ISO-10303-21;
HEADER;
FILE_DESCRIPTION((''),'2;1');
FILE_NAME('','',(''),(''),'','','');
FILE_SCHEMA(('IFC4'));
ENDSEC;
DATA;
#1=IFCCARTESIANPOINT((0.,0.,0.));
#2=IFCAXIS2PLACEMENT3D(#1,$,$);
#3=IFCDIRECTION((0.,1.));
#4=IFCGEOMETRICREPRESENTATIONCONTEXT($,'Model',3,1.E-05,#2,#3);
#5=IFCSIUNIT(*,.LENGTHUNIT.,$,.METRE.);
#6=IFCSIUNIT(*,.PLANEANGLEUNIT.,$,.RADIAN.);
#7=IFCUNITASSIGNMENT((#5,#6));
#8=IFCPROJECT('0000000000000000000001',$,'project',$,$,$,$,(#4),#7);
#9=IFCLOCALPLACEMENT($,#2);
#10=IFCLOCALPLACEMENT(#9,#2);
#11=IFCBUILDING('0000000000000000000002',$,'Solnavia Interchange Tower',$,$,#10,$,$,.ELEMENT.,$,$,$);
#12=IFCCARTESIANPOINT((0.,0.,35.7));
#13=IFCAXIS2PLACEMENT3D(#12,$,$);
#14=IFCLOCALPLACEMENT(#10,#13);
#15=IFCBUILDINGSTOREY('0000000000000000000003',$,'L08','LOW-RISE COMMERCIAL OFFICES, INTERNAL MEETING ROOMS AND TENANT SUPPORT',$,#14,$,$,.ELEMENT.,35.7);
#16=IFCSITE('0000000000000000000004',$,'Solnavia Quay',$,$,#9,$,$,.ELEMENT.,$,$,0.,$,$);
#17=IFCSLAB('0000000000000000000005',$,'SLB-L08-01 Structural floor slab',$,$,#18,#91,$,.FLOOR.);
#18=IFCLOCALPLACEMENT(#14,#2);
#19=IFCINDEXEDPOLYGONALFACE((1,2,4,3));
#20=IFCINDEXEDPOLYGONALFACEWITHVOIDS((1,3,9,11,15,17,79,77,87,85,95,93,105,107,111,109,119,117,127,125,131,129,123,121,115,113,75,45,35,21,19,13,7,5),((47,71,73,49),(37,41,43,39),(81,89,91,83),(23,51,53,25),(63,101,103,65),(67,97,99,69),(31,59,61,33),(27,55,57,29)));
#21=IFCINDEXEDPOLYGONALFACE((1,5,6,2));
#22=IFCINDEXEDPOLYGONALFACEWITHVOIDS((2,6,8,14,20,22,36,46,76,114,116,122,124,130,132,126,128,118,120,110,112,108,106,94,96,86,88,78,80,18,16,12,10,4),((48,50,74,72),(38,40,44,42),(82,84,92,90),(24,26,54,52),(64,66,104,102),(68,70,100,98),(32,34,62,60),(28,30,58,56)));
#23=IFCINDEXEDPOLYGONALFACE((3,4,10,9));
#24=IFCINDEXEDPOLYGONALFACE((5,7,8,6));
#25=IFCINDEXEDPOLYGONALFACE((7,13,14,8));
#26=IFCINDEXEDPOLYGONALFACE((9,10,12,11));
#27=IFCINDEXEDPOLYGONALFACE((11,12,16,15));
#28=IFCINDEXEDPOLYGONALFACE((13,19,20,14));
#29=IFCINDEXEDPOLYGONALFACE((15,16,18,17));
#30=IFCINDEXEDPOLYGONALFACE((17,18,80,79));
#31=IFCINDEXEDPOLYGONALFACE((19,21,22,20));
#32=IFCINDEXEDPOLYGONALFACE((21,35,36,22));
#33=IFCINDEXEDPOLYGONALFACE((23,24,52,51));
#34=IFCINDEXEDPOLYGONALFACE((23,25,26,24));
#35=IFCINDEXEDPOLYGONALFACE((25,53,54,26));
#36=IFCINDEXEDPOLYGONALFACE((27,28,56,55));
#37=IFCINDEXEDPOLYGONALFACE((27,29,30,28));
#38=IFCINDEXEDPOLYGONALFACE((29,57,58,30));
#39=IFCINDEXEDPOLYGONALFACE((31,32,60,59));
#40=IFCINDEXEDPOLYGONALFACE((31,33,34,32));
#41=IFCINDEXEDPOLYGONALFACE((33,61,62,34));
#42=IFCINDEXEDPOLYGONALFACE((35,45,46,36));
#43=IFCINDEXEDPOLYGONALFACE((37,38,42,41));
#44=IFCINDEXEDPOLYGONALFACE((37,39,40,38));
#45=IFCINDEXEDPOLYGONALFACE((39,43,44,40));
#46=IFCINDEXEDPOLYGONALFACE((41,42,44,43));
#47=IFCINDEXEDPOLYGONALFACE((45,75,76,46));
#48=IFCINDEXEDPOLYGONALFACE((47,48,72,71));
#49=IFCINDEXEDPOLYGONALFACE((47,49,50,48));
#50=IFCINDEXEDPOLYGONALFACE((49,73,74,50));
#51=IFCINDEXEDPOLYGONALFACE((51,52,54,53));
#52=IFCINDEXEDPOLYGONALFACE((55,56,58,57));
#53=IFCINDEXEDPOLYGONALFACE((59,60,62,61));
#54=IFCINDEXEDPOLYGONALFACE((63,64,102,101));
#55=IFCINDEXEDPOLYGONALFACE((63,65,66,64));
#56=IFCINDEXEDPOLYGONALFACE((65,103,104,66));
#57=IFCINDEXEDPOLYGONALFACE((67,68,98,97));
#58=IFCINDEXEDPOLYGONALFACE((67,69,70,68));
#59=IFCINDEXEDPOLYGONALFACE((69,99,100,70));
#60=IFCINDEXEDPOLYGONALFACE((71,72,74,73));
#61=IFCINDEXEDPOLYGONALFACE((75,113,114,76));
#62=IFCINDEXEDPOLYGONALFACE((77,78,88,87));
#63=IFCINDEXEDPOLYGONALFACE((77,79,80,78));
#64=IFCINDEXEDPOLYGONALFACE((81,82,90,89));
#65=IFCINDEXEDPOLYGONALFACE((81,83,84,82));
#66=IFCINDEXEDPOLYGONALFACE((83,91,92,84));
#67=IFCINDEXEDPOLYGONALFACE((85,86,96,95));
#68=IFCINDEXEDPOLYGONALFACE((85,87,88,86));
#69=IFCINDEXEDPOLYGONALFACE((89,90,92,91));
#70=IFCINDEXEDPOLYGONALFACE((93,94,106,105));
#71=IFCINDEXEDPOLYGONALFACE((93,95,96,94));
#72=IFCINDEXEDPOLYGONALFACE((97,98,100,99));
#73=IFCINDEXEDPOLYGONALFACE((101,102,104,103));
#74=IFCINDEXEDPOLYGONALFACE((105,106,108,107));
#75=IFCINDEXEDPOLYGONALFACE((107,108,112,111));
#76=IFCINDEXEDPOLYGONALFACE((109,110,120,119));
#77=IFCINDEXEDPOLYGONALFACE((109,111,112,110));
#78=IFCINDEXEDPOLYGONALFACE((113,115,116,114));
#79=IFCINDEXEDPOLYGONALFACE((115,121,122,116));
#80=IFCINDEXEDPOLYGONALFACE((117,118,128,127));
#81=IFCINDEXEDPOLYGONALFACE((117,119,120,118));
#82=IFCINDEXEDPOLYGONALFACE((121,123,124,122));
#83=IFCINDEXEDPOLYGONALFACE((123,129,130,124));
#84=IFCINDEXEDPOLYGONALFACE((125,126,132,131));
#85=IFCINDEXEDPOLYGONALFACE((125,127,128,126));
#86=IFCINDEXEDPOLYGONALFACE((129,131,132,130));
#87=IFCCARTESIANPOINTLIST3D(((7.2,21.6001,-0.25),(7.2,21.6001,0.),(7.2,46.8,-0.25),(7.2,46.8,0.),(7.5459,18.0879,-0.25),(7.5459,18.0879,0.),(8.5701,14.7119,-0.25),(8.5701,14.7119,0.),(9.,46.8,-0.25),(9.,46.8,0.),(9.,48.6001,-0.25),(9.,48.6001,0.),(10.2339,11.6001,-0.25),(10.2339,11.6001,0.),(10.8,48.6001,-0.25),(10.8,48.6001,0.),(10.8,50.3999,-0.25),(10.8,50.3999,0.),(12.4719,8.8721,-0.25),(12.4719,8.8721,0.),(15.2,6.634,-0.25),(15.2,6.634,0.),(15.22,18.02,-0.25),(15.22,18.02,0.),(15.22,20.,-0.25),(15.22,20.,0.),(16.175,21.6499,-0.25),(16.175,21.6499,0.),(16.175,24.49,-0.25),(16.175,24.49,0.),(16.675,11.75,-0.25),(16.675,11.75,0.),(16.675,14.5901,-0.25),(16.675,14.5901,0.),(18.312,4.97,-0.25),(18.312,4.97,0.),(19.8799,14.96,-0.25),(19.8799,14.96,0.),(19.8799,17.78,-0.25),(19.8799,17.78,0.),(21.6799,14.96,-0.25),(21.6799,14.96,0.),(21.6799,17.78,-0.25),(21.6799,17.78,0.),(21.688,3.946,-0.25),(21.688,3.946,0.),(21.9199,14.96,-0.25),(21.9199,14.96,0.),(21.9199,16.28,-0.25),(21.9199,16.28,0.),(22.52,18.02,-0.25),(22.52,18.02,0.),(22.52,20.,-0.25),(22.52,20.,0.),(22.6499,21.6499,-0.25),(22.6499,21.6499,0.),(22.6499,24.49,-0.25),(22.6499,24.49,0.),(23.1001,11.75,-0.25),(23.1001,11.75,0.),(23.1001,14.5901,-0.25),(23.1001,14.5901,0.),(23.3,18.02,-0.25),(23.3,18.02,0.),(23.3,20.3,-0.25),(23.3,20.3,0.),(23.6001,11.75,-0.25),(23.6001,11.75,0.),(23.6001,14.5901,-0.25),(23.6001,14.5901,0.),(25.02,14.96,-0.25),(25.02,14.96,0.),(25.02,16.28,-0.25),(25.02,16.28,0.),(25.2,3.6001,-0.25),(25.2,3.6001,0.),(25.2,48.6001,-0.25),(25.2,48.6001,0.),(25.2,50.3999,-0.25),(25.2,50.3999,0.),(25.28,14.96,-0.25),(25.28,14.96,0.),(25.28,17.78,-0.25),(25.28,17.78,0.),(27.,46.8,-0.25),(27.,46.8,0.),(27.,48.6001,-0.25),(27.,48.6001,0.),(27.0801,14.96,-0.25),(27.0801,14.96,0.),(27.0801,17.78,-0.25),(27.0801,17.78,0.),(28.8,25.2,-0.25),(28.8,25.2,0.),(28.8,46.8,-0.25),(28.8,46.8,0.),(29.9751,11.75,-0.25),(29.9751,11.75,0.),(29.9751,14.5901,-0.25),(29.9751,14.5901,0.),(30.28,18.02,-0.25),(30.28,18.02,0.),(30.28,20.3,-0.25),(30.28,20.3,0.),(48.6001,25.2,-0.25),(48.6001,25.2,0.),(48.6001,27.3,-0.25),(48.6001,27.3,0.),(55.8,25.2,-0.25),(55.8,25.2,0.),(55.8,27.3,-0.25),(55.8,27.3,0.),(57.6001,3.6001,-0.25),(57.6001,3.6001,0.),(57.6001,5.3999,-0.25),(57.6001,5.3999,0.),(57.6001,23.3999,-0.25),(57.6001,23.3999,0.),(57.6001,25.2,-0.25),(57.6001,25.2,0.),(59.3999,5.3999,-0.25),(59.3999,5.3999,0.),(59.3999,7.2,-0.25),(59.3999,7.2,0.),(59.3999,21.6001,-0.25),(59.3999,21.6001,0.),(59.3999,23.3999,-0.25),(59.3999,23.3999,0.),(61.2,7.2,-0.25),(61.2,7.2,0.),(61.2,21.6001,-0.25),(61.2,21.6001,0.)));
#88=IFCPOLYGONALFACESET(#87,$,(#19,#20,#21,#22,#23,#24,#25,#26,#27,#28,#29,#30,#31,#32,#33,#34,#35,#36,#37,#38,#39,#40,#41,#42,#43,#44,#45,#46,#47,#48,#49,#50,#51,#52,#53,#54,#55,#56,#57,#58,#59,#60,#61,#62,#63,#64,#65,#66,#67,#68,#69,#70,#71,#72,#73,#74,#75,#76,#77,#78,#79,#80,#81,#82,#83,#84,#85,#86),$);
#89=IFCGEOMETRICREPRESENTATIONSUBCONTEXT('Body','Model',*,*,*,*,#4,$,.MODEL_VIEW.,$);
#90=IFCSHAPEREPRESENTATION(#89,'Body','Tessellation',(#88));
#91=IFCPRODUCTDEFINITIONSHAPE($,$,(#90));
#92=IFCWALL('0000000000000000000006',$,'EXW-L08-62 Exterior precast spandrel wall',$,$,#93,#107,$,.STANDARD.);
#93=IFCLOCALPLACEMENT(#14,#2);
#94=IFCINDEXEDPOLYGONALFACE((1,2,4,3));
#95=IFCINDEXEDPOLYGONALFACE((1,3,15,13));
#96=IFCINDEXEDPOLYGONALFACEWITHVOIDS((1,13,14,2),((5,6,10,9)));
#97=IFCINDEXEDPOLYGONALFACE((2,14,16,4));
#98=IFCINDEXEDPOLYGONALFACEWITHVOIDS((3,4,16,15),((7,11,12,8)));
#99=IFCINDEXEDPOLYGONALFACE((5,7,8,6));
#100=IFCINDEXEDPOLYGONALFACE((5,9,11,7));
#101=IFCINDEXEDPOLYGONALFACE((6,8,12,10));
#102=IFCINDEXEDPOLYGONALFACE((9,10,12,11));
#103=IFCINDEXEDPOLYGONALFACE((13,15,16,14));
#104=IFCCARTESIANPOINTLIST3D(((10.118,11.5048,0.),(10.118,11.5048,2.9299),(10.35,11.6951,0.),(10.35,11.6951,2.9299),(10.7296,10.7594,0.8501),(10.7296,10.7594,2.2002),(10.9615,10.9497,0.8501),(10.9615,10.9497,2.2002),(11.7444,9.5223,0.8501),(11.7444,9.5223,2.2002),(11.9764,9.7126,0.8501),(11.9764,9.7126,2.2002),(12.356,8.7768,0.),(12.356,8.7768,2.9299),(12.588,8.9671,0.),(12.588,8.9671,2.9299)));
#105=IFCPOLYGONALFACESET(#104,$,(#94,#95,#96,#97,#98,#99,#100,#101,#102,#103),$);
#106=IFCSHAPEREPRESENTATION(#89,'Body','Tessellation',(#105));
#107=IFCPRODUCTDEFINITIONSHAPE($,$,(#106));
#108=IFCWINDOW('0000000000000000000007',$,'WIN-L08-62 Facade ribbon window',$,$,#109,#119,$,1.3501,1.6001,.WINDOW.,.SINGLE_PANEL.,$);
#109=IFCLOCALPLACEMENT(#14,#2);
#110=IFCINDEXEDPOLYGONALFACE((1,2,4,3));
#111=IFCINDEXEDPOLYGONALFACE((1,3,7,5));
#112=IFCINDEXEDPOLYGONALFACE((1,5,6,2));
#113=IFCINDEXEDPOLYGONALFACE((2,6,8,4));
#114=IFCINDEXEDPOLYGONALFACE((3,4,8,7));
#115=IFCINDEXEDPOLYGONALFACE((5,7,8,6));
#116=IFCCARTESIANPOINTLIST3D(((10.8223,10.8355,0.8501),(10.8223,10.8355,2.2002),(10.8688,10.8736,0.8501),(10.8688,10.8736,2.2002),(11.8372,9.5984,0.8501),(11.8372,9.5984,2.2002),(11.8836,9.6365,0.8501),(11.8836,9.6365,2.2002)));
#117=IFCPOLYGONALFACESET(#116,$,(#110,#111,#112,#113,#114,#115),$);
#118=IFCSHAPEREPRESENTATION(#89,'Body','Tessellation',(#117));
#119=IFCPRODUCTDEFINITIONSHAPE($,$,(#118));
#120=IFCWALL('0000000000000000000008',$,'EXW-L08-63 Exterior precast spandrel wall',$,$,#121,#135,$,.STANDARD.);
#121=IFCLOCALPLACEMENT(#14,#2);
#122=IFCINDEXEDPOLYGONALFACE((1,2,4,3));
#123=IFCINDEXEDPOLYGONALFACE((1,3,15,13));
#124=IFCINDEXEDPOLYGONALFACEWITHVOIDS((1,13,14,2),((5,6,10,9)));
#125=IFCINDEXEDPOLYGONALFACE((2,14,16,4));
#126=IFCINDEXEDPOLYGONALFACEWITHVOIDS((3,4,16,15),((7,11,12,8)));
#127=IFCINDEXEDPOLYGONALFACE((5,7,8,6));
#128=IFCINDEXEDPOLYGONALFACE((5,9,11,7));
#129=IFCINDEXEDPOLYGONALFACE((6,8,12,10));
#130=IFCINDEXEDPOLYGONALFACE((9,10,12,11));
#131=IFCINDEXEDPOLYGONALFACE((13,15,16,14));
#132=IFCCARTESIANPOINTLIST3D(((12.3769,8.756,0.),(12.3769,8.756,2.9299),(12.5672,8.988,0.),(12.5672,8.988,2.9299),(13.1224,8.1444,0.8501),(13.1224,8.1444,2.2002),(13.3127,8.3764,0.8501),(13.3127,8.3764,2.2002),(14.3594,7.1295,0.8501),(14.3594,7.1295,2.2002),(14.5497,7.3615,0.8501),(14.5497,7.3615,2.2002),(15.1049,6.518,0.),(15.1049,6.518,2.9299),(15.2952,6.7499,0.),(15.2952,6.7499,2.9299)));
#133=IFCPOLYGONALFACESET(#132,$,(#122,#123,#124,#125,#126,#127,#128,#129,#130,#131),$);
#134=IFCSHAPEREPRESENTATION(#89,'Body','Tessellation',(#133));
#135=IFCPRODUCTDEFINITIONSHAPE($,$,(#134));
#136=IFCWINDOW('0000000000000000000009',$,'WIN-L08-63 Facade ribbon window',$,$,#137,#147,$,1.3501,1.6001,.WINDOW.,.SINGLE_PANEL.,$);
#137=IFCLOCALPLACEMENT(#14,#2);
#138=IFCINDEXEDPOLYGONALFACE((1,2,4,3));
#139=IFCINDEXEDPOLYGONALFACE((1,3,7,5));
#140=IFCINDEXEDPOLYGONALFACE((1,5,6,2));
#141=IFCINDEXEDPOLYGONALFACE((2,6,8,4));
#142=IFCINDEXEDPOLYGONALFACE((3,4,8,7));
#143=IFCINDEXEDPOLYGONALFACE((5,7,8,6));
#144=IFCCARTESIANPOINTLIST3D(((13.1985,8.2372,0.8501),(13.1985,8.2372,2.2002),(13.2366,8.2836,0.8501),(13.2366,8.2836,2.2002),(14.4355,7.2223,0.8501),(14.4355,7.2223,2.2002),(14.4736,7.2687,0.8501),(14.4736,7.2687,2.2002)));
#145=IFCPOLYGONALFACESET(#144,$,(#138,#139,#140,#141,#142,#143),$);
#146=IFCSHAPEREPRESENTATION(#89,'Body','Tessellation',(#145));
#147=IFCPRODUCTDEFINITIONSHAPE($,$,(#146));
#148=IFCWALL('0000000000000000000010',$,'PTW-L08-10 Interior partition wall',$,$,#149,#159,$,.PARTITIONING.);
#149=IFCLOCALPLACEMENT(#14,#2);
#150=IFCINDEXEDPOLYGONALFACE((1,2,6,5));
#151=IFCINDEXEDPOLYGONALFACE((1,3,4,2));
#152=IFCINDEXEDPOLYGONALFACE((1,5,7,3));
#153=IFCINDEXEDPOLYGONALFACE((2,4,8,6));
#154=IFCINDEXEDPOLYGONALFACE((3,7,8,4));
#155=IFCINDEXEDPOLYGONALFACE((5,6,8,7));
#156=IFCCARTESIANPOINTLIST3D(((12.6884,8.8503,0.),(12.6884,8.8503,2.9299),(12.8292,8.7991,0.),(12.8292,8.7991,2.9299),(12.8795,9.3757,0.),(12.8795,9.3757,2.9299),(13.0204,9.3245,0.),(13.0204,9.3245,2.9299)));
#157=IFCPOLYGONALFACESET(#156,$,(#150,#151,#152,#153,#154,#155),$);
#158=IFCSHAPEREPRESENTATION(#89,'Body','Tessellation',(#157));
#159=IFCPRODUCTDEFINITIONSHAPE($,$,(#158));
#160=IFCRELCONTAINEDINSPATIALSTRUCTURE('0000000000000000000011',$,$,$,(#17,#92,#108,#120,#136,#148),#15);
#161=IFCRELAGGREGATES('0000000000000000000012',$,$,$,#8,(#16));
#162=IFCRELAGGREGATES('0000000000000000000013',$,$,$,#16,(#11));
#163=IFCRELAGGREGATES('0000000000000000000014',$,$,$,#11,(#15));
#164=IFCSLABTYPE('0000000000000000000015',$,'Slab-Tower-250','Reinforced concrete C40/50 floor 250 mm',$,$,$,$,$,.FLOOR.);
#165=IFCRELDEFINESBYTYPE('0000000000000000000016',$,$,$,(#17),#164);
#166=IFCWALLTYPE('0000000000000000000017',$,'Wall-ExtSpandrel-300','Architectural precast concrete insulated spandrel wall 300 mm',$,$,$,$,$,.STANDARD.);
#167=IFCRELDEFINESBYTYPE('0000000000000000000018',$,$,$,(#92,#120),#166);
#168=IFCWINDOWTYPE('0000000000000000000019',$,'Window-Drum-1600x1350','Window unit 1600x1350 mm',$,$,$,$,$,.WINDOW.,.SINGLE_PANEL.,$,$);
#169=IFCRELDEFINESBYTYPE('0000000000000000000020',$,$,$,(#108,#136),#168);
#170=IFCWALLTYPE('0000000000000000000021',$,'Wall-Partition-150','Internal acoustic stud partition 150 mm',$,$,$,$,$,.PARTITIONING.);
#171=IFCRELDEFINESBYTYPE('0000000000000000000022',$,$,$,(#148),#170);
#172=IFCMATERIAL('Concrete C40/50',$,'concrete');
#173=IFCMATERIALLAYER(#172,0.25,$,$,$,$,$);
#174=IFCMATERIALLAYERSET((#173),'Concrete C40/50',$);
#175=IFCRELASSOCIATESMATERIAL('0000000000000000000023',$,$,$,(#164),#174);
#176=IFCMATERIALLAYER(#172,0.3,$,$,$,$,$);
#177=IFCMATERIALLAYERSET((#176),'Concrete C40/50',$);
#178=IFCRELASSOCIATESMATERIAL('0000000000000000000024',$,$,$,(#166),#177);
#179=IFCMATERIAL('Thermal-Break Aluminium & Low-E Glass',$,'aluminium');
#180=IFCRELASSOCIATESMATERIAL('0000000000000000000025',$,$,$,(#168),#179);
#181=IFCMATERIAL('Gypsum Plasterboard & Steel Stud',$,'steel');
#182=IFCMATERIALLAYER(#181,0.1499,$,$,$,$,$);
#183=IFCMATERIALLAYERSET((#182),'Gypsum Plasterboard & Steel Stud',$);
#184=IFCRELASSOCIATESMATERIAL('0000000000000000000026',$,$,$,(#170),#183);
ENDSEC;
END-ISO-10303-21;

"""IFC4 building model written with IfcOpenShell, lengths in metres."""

from ifc_helpers import new_model, si_unit, direction, frame, frame_2d, origin, place, context, subcontext, project, spatial, polyline, rectangle, outline, extrude, material, layer, layer_set, type_object, element, fill, save


model = new_model("IFC4")

# Units and contexts
model_context = context("Model", 3, precision=1e-05, world=origin(), true_north=direction((0.0, 1.0)))
body_context = subcontext(model_context, "Body", "Model", "MODEL_VIEW")
ifc_project = project(units=[si_unit("LENGTHUNIT", "METRE"), si_unit("PLANEANGLEUNIT", "RADIAN")], contexts=[model_context])

# Site, building, storey
site_placement = place(None, origin())
site = spatial("IfcSite", under=ifc_project, at=site_placement, Name="Solnavia Quay", CompositionType="ELEMENT", RefElevation=0.0)
building_placement = place(site_placement, origin())
building = spatial("IfcBuilding", under=site, at=building_placement, Name="Solnavia Interchange Tower", CompositionType="ELEMENT")
storey_placement = place(building_placement, frame((0.0, 0.0, 35.7)))
storey = spatial("IfcBuildingStorey", under=building, at=storey_placement, Name="L08", Description="LOW-RISE COMMERCIAL OFFICES, INTERNAL MEETING ROOMS AND TENANT SUPPORT", CompositionType="ELEMENT", Elevation=35.7)

# Shared definitions
ifc_material_1 = material(Name="Concrete C40/50", Category="concrete")

# Slab
ifc_layer_1 = layer(ifc_material_1, 0.25)
ifc_layer_set_1 = layer_set([ifc_layer_1], Name="Concrete C40/50")
slab_type_1 = type_object("IfcSlabType", Name="Slab-Tower-250", Description="Reinforced concrete C40/50 floor 250 mm", PredefinedType="FLOOR", material=ifc_layer_set_1)
slab_1_placement = place(storey_placement, frame((0.0, 0.0, -0.25)))
element("IfcSlab", 1, at=slab_1_placement, inside=storey, type_object=slab_type_1, Name="SLB-L08-01 Structural floor slab", PredefinedType="FLOOR", context=body_context, shape_type="SweptSolid", body=[
    extrude(outline(polyline([(25.2, 3.6001), (57.6001, 3.6001), (57.6001, 5.3999), (59.3999, 5.3999), (59.3999, 7.2), (61.2, 7.2), (61.2, 21.6001), (59.3999, 21.6001), (59.3999, 23.3999), (57.6001, 23.3999), (57.6001, 25.2), (55.8, 25.2), (55.8, 27.3), (48.6001, 27.3), (48.6001, 25.2), (28.8, 25.2), (28.8, 46.8), (27.0, 46.8), (27.0, 48.6001), (25.2, 48.6001), (25.2, 50.3999), (10.8, 50.3999), (10.8, 48.6001), (9.0, 48.6001), (9.0, 46.8), (7.2, 46.8), (7.2, 21.6001), (7.5459, 18.0879), (8.5701, 14.7119), (10.2339, 11.6001), (12.4719, 8.8721), (15.2, 6.634), (18.312, 4.97), (21.688, 3.946), (25.2, 3.6001)]), holes=[polyline([(16.675, 11.75), (23.1001, 11.75), (23.1001, 14.5901), (16.675, 14.5901), (16.675, 11.75)]), polyline([(23.6001, 11.75), (29.9751, 11.75), (29.9751, 14.5901), (23.6001, 14.5901), (23.6001, 11.75)]), polyline([(16.175, 21.6499), (22.6499, 21.6499), (22.6499, 24.49), (16.175, 24.49), (16.175, 21.6499)]), polyline([(19.8799, 14.96), (21.6799, 14.96), (21.6799, 17.78), (19.8799, 17.78), (19.8799, 14.96)]), polyline([(25.28, 14.96), (27.0801, 14.96), (27.0801, 17.78), (25.28, 17.78), (25.28, 14.96)]), polyline([(21.9199, 14.96), (25.02, 14.96), (25.02, 16.28), (21.9199, 16.28), (21.9199, 14.96)]), polyline([(15.22, 18.02), (22.52, 18.02), (22.52, 20.0), (15.22, 20.0), (15.22, 18.02)]), polyline([(23.3, 18.02), (30.28, 18.02), (30.28, 20.3), (23.3, 20.3), (23.3, 18.02)])]), origin(), (0.0, 0.0, 1.0), 0.25),
])

# Walls, openings, windows
ifc_layer_2 = layer(ifc_material_1, 0.3)
ifc_layer_set_2 = layer_set([ifc_layer_2], Name="Concrete C40/50")
wall_type_1 = type_object("IfcWallType", Name="Wall-ExtSpandrel-300", Description="Architectural precast concrete insulated spandrel wall 300 mm", PredefinedType="STANDARD", material=ifc_layer_set_2)
wall_1_placement = place(storey_placement, frame((12.4719, 8.8721, 0.0), z_axis=(0.0, 0.0, 1.0), x_axis=(-0.634258, 0.773121, 0.0)))
wall_1 = element("IfcWall", 2, at=wall_1_placement, inside=storey, type_object=wall_type_1, Name="EXW-L08-62 Exterior precast spandrel wall", PredefinedType="STANDARD", context=body_context, shape_type="SweptSolid", body=[
    extrude(rectangle(XDim=3.5286, YDim=0.3, at=frame_2d((1.7642, 0.0))), origin(), (0.0, 0.0, 1.0), 2.9299),
])
opening_1_placement = place(wall_1_placement, frame((0.9641, 0.0, 0.8501)))
opening_1 = element("IfcOpeningElement", 3, at=opening_1_placement, cuts=wall_1, PredefinedType="OPENING", context=body_context, shape_type="SweptSolid", body=[
    extrude(rectangle(XDim=1.6001, YDim=1.3501, at=frame_2d((0.8, 0.675))), frame((0.0, 0.1602, 0.0), z_axis=(0.0, -1.0, 0.0), x_axis=(1.0, 0.0, 0.0)), (0.0, 0.0, 1.0), 0.3201),
])
ifc_material_2 = material(Name="Thermal-Break Aluminium & Low-E Glass", Category="aluminium")
window_type = type_object("IfcWindowType", Name="Window-Drum-1600x1350", Description="Window unit 1600x1350 mm", PartitioningType="SINGLE_PANEL", PredefinedType="WINDOW", material=ifc_material_2)
window_1_placement = place(opening_1_placement, origin())
window_1 = element("IfcWindow", 4, at=window_1_placement, inside=storey, type_object=window_type, Name="WIN-L08-62 Facade ribbon window", OverallHeight=1.3501, OverallWidth=1.6001, PartitioningType="SINGLE_PANEL", PredefinedType="WINDOW", context=body_context, shape_type="SweptSolid", body=[
    extrude(rectangle(XDim=1.6001, YDim=1.3501, at=frame_2d((0.8, 0.675))), frame((0.0, 0.03, 0.0), z_axis=(0.0, -1.0, 0.0), x_axis=(1.0, 0.0, 0.0)), (0.0, 0.0, 1.0), 0.0601),
])
fill(opening_1, window_1)
wall_2_placement = place(storey_placement, frame((15.2, 6.634, 0.0), z_axis=(0.0, 0.0, 1.0), x_axis=(-0.773121, 0.634258, 0.0)))
wall_2 = element("IfcWall", 5, at=wall_2_placement, inside=storey, type_object=wall_type_1, Name="EXW-L08-63 Exterior precast spandrel wall", PredefinedType="STANDARD", context=body_context, shape_type="SweptSolid", body=[
    extrude(rectangle(XDim=3.5286, YDim=0.3, at=frame_2d((1.7642, 0.0))), origin(), (0.0, 0.0, 1.0), 2.9299),
])
opening_2_placement = place(wall_2_placement, frame((0.9641, 0.0, 0.8501)))
opening_2 = element("IfcOpeningElement", 6, at=opening_2_placement, cuts=wall_2, PredefinedType="OPENING", context=body_context, shape_type="SweptSolid", body=[
    extrude(rectangle(XDim=1.6001, YDim=1.3501, at=frame_2d((0.8, 0.675))), frame((0.0, 0.1602, 0.0), z_axis=(0.0, -1.0, 0.0), x_axis=(1.0, 0.0, 0.0)), (0.0, 0.0, 1.0), 0.3201),
])
window_2_placement = place(opening_2_placement, origin())
window_2 = element("IfcWindow", 7, at=window_2_placement, inside=storey, type_object=window_type, Name="WIN-L08-63 Facade ribbon window", OverallHeight=1.3501, OverallWidth=1.6001, PartitioningType="SINGLE_PANEL", PredefinedType="WINDOW", context=body_context, shape_type="SweptSolid", body=[
    extrude(rectangle(XDim=1.6001, YDim=1.3501, at=frame_2d((0.8, 0.675))), frame((0.0, 0.03, 0.0), z_axis=(0.0, -1.0, 0.0), x_axis=(1.0, 0.0, 0.0)), (0.0, 0.0, 1.0), 0.0601),
])
fill(opening_2, window_2)

# Wall
ifc_material_3 = material(Name="Gypsum Plasterboard & Steel Stud", Category="steel")
ifc_layer_3 = layer(ifc_material_3, 0.1499)
ifc_layer_set_3 = layer_set([ifc_layer_3], Name="Gypsum Plasterboard & Steel Stud")
wall_type_2 = type_object("IfcWallType", Name="Wall-Partition-150", Description="Internal acoustic stud partition 150 mm", PredefinedType="PARTITIONING", material=ifc_layer_set_3)
wall_3_placement = place(storey_placement, frame((12.95, 9.3501, 0.0), z_axis=(0.0, 0.0, 1.0), x_axis=(-0.341918, -0.93973, 0.0)))
element("IfcWall", 8, at=wall_3_placement, inside=storey, type_object=wall_type_2, Name="PTW-L08-10 Interior partition wall", PredefinedType="PARTITIONING", context=body_context, shape_type="SweptSolid", body=[
    extrude(rectangle(XDim=0.5591, YDim=0.1499, at=frame_2d((0.2795, 0.0))), origin(), (0.0, 0.0, 1.0), 2.9299),
])

save(model, "model.ifc")
